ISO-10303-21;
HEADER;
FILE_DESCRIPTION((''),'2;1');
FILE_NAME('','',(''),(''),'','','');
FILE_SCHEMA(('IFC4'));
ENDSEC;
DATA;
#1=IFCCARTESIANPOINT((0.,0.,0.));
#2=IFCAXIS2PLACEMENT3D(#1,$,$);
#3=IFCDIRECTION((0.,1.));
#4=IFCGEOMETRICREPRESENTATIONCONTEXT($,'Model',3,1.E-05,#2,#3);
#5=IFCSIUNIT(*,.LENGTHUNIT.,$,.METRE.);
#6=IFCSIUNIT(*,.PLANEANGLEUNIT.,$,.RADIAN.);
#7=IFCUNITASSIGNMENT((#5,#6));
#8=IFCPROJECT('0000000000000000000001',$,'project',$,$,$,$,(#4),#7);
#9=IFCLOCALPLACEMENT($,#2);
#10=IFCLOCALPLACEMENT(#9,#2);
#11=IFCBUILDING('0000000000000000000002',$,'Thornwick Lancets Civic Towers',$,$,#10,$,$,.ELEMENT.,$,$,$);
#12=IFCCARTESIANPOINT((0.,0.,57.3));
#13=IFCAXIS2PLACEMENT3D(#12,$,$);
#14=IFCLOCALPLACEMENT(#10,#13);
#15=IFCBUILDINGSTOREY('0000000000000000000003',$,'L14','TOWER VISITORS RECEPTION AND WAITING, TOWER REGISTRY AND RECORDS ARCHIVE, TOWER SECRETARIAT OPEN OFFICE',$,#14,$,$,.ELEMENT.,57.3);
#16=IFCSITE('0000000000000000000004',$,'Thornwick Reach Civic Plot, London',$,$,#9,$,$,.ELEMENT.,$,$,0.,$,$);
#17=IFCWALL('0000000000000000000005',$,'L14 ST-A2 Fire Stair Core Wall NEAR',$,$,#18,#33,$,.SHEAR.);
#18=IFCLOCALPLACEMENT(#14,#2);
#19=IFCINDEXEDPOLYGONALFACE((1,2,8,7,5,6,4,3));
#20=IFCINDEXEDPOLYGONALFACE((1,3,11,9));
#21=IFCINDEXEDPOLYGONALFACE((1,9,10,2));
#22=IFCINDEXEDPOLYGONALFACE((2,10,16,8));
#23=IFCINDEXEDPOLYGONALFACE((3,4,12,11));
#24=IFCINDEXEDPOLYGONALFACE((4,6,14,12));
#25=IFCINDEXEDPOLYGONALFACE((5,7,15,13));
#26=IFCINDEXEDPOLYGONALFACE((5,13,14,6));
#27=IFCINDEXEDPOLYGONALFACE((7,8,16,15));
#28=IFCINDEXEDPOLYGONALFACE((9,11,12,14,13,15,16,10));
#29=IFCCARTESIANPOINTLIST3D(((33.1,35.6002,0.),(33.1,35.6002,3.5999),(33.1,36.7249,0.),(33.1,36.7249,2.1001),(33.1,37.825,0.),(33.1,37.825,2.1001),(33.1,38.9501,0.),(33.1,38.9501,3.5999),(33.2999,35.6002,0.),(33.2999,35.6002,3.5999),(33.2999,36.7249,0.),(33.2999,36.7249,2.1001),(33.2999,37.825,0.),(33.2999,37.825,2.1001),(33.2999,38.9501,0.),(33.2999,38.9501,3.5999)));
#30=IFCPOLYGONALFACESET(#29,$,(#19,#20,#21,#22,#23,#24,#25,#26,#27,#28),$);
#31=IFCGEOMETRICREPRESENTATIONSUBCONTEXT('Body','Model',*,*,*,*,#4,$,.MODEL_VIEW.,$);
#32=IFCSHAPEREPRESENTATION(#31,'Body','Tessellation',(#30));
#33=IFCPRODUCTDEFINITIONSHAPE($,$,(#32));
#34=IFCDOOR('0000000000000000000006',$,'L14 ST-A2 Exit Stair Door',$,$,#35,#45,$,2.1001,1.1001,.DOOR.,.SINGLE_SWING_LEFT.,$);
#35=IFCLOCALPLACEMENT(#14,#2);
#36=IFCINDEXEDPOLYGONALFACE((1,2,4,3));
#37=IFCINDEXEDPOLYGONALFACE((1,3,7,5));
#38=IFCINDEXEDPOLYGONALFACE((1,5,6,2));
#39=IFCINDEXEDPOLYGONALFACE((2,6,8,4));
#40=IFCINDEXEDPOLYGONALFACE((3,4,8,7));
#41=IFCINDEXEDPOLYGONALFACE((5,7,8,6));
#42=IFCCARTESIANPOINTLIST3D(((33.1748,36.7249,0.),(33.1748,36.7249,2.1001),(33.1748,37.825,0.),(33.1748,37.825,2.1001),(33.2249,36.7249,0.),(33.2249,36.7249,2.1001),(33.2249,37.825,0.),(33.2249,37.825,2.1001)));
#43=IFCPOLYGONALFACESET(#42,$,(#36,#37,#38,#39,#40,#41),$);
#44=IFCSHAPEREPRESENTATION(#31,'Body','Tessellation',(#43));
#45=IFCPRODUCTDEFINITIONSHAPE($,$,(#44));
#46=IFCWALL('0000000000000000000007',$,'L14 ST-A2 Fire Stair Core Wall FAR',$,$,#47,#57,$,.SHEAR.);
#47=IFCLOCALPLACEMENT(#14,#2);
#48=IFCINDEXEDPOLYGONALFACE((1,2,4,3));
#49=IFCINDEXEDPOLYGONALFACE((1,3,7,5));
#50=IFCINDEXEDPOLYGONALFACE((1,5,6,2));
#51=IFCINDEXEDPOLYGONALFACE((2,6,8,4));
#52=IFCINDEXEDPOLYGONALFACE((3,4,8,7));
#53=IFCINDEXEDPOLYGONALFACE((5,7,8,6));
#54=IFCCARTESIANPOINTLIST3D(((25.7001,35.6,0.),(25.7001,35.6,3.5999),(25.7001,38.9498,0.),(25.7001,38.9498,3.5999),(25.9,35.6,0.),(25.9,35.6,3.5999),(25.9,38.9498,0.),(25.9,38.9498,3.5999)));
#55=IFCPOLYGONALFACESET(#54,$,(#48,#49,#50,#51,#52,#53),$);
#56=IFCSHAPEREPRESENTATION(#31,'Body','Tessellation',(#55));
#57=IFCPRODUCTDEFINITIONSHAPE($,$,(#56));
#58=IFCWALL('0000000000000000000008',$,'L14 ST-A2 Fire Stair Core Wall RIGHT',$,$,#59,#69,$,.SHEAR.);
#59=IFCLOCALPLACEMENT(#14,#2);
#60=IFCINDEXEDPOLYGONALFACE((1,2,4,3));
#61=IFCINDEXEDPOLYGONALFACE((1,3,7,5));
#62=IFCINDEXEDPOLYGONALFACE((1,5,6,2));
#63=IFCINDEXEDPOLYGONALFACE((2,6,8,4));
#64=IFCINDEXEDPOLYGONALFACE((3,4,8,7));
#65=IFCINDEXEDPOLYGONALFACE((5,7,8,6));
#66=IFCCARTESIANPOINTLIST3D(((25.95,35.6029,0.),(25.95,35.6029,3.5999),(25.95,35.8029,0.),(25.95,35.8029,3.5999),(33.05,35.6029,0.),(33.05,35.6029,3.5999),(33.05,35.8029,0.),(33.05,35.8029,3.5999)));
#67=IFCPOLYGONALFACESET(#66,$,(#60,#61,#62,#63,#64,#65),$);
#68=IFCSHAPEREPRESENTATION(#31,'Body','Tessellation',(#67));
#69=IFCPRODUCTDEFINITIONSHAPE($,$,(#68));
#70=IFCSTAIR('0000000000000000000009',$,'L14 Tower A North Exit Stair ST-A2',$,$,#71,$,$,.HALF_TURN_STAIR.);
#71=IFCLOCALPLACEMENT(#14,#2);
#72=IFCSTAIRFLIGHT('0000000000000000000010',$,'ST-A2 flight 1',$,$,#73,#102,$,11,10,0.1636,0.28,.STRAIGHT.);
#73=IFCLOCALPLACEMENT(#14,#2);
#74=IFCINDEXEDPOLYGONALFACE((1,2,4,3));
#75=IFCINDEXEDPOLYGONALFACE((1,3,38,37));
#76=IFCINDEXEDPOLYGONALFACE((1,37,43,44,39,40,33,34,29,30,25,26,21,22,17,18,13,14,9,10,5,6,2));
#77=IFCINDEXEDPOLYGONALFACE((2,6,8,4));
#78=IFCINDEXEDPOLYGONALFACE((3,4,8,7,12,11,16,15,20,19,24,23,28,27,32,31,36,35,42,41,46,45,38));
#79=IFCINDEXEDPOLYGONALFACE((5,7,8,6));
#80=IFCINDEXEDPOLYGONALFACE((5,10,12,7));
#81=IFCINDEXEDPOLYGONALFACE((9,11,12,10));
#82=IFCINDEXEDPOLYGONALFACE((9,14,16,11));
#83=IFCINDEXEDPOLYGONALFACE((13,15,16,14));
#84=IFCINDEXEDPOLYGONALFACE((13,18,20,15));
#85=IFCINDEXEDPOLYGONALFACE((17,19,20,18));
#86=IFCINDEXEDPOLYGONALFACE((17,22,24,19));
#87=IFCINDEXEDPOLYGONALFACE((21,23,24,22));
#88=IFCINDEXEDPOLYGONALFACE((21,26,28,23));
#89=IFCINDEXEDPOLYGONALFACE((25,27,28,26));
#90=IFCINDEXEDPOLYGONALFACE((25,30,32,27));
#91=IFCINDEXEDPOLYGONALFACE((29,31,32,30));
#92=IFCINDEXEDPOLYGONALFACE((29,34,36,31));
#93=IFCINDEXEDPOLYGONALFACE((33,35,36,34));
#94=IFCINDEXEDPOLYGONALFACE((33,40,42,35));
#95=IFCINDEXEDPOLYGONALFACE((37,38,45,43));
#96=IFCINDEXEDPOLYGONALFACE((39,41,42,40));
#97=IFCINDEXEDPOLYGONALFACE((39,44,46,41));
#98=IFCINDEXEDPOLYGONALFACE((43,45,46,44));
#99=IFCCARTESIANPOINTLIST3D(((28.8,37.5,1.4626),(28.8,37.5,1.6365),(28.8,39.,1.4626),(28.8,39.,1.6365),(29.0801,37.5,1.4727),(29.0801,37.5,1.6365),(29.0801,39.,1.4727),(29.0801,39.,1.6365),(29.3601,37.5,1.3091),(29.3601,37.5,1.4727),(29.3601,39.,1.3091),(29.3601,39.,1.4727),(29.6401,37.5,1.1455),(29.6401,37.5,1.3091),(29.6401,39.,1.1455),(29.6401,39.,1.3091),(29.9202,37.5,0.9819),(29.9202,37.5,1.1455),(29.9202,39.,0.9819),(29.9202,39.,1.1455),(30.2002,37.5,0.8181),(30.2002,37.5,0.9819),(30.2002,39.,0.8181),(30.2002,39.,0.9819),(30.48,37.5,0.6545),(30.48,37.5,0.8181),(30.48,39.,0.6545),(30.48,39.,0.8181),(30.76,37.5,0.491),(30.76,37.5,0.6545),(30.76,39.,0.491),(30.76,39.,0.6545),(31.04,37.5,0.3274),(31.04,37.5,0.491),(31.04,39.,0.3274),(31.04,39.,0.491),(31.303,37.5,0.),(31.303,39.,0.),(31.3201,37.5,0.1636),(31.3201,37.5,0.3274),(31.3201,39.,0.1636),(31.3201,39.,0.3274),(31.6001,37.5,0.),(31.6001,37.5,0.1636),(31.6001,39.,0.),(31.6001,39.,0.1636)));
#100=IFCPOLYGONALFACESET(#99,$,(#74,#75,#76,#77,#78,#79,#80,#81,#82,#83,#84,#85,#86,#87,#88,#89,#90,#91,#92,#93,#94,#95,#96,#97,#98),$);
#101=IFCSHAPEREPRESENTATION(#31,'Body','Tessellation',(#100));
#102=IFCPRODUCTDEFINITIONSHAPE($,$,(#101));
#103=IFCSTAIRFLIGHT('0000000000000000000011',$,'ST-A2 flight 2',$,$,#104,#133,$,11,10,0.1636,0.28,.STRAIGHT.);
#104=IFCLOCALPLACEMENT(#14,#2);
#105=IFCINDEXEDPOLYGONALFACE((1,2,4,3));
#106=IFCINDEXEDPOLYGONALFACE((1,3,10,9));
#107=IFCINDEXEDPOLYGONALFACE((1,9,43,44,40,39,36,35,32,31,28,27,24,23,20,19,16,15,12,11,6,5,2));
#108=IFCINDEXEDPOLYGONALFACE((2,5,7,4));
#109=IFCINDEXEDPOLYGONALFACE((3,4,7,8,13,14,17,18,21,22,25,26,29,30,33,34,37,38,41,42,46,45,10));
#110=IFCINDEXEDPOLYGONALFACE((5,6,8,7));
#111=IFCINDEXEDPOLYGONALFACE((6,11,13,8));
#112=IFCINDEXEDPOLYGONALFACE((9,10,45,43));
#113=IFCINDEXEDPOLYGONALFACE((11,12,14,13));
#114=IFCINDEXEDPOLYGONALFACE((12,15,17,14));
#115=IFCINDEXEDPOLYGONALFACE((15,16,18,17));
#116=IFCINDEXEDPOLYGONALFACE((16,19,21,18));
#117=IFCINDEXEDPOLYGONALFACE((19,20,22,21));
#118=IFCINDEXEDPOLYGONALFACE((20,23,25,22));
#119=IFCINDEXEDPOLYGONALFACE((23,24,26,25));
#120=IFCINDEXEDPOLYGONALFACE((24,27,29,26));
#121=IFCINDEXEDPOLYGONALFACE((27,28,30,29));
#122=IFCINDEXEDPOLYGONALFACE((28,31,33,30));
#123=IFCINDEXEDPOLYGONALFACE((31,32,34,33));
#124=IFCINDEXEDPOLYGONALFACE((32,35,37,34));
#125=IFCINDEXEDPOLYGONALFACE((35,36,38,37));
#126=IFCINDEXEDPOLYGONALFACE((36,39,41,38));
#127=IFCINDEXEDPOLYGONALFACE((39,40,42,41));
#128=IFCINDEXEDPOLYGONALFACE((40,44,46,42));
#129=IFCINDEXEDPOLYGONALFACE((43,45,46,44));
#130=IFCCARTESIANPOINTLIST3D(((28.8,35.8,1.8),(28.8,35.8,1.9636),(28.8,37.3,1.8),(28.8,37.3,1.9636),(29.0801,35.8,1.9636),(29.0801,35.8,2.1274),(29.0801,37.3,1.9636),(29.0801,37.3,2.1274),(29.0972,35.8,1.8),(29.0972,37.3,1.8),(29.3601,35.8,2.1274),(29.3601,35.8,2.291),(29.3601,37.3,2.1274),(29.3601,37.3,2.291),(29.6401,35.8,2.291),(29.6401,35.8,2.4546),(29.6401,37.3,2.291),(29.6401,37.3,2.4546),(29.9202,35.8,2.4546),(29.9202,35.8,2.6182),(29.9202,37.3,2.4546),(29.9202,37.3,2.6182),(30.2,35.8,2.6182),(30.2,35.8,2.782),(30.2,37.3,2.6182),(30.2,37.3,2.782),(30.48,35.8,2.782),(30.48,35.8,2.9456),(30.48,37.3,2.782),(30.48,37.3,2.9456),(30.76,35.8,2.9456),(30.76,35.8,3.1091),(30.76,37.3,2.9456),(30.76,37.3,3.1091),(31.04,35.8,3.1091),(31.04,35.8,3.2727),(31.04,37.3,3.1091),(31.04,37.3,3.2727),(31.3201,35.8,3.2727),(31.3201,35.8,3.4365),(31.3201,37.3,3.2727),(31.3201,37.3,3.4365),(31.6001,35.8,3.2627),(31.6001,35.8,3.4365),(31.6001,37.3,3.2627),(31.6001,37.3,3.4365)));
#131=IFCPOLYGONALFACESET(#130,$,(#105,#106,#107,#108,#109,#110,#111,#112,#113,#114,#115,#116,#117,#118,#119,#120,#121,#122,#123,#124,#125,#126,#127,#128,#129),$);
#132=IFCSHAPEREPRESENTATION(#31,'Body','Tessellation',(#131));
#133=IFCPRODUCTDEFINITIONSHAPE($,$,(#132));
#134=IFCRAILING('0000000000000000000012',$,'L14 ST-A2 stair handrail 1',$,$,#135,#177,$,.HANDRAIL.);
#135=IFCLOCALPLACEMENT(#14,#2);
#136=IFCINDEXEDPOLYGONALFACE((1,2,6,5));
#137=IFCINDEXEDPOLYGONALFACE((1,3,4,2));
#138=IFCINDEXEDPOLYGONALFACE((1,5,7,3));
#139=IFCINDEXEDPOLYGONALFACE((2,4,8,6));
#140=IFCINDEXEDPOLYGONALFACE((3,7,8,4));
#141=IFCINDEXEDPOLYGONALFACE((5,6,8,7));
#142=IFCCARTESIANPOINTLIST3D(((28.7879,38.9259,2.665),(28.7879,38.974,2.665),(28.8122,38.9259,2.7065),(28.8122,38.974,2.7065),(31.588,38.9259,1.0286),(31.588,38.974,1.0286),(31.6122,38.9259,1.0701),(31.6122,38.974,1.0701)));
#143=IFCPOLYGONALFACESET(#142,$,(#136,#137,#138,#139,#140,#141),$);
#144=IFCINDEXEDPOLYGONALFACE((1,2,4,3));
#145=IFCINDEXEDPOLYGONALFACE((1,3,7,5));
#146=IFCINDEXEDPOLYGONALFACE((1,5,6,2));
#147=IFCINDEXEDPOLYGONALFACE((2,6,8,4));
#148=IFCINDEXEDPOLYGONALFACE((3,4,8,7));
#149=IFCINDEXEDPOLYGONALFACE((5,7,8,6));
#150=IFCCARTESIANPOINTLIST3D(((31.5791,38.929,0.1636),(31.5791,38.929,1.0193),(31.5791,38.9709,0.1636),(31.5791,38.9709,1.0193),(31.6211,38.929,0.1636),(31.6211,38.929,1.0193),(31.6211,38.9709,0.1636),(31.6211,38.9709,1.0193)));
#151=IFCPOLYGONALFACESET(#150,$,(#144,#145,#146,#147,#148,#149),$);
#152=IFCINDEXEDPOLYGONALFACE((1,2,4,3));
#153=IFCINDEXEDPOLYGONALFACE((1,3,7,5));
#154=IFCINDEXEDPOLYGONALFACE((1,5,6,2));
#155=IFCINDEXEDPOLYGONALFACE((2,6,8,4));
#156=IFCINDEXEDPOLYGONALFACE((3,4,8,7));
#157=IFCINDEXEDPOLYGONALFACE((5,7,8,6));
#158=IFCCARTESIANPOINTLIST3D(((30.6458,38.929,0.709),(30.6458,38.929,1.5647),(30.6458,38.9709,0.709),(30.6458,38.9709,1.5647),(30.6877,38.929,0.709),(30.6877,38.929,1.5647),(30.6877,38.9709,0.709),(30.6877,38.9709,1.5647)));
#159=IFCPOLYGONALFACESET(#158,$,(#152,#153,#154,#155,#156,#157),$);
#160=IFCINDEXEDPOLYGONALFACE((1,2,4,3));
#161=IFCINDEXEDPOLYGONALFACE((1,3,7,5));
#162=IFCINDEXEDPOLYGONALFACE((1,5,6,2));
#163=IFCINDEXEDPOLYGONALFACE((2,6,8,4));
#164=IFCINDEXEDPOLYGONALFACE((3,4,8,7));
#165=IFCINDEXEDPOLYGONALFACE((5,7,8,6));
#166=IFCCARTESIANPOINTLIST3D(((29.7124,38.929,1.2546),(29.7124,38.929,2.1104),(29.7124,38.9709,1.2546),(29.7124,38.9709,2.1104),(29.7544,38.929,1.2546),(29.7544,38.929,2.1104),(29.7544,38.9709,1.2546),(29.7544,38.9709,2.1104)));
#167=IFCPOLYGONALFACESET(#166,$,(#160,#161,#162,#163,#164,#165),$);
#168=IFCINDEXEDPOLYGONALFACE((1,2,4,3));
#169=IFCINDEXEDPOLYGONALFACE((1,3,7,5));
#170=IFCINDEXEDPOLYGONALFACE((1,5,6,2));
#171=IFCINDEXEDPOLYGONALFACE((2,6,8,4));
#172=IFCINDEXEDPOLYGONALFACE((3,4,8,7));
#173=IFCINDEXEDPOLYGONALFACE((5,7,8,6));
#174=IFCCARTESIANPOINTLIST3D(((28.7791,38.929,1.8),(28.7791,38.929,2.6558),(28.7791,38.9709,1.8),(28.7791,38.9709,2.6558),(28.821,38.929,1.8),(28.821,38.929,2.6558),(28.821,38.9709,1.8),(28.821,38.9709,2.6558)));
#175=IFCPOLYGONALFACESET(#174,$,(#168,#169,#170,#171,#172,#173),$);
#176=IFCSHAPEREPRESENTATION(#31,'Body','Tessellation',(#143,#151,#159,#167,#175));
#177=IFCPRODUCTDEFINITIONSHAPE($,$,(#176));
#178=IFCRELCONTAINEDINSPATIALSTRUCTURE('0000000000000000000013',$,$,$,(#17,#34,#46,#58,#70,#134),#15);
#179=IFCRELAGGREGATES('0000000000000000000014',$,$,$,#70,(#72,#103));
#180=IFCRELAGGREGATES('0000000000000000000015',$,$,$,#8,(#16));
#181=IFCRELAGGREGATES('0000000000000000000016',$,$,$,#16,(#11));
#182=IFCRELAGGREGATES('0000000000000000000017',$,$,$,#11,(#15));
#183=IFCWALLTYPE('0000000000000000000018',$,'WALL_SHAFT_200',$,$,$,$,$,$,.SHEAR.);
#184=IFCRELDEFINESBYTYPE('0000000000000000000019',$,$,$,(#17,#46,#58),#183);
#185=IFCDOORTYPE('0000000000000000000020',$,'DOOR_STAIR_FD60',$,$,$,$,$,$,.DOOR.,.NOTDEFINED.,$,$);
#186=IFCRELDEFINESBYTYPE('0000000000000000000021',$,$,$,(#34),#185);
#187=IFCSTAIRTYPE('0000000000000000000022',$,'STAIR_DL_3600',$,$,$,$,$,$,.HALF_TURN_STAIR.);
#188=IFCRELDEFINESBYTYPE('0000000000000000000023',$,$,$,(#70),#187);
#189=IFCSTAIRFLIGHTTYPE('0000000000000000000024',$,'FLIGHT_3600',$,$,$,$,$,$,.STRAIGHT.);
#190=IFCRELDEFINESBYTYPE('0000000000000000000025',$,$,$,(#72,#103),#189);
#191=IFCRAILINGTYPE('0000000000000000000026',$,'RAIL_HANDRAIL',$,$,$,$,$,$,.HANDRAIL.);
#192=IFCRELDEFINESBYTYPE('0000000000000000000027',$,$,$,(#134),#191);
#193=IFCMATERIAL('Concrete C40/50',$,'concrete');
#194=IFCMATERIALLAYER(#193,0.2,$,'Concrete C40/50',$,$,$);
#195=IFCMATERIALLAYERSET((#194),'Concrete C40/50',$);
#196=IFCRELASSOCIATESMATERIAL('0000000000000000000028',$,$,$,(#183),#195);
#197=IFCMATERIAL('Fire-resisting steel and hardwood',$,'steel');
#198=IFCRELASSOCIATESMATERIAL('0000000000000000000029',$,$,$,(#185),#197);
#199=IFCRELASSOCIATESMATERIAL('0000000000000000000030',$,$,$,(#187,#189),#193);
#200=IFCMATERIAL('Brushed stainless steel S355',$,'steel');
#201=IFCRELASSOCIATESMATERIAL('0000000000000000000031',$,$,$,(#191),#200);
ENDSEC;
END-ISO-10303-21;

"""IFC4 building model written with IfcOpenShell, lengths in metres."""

from ifc_helpers import new_model, si_unit, direction, frame, frame_2d, origin, origin_2d, place, context, subcontext, project, spatial, polyline, rectangle, outline, extrude, material, layer, layer_set, type_object, element, fill, aggregate, save


model = new_model("IFC4")

# Units and contexts
model_context = context("Model", 3, precision=1e-05, world=origin(), true_north=direction((0.0, 1.0)))
body_context = subcontext(model_context, "Body", "Model", "MODEL_VIEW")
ifc_project = project(units=[si_unit("LENGTHUNIT", "METRE"), si_unit("PLANEANGLEUNIT", "RADIAN")], contexts=[model_context])

# Site, building, storey
site_placement = place(None, origin())
site = spatial("IfcSite", under=ifc_project, at=site_placement, Name="Thornwick Reach Civic Plot, London", CompositionType="ELEMENT", RefElevation=0.0)
building_placement = place(site_placement, origin())
building = spatial("IfcBuilding", under=site, at=building_placement, Name="Thornwick Lancets Civic Towers", CompositionType="ELEMENT")
storey_placement = place(building_placement, frame((0.0, 0.0, 57.3)))
storey = spatial("IfcBuildingStorey", under=building, at=storey_placement, Name="L14", Description="TOWER VISITORS RECEPTION AND WAITING, TOWER REGISTRY AND RECORDS ARCHIVE, TOWER SECRETARIAT OPEN OFFICE", CompositionType="ELEMENT", Elevation=57.3)

# Shared definitions
ifc_material_1 = material(Name="Concrete C40/50", Category="concrete")

# Wall, opening, door
ifc_layer_1 = layer(ifc_material_1, 0.2, Name="Concrete C40/50")
ifc_layer_set_1 = layer_set([ifc_layer_1], Name="Concrete C40/50")
wall_type_1 = type_object("IfcWallType", Name="WALL_SHAFT_200", PredefinedType="SHEAR", material=ifc_layer_set_1)
wall_1_placement = place(storey_placement, frame((33.2, 38.95, 0.0), z_axis=(0.0, 0.0, 1.0), x_axis=(0.0, -1.0, 0.0)))
wall_1 = element("IfcWall", 1, at=wall_1_placement, inside=storey, type_object=wall_type_1, Name="L14 ST-A2 Fire Stair Core Wall NEAR", PredefinedType="SHEAR", context=body_context, shape_type="SweptSolid", body=[
    extrude(rectangle(XDim=3.3499, YDim=0.2, at=frame_2d((1.6748, 0.0))), origin(), (0.0, 0.0, 1.0), 3.5999),
])
opening_1_placement = place(wall_1_placement, frame((1.125, 0.0, 0.0)))
opening_1 = element("IfcOpeningElement", 2, at=opening_1_placement, cuts=wall_1, PredefinedType="OPENING", context=body_context, shape_type="SweptSolid", body=[
    extrude(rectangle(XDim=1.1001, YDim=2.1001, at=frame_2d((0.55, 1.05))), frame((0.0, 0.1099, 0.0), z_axis=(0.0, -1.0, 0.0), x_axis=(1.0, 0.0, 0.0)), (0.0, 0.0, 1.0), 0.22),
])
ifc_material_2 = material(Name="Fire-resisting steel and hardwood", Category="steel")
door_type_1 = type_object("IfcDoorType", Name="DOOR_STAIR_FD60", OperationType="NOTDEFINED", PredefinedType="DOOR", material=ifc_material_2)
door_1_placement = place(opening_1_placement, origin())
door_1 = element("IfcDoor", 3, at=door_1_placement, inside=storey, type_object=door_type_1, Name="L14 ST-A2 Exit Stair Door", OperationType="SINGLE_SWING_LEFT", OverallHeight=2.1001, OverallWidth=1.1001, PredefinedType="DOOR", context=body_context, shape_type="SweptSolid", body=[
    extrude(rectangle(XDim=1.1001, YDim=2.1001, at=frame_2d((0.55, 1.05))), frame((0.0, 0.0249, 0.0), z_axis=(0.0, -1.0, 0.0), x_axis=(1.0, 0.0, 0.0)), (0.0, 0.0, 1.0), 0.05),
])
fill(opening_1, door_1)

# Walls
wall_2_placement = place(storey_placement, frame((25.8, 35.6001, 0.0), z_axis=(0.0, 0.0, 1.0), x_axis=(0.0, 1.0, 0.0)))
element("IfcWall", 4, at=wall_2_placement, inside=storey, type_object=wall_type_1, Name="L14 ST-A2 Fire Stair Core Wall FAR", PredefinedType="SHEAR", context=body_context, shape_type="SweptSolid", body=[
    extrude(rectangle(XDim=3.3499, YDim=0.2, at=frame_2d((1.6748, 0.0))), origin(), (0.0, 0.0, 1.0), 3.5999),
])
wall_3_placement = place(storey_placement, frame((25.95, 35.7029, 0.0), z_axis=(0.0, 0.0, 1.0), x_axis=(1.0, 0.0, 0.0)))
element("IfcWall", 5, at=wall_3_placement, inside=storey, type_object=wall_type_1, Name="L14 ST-A2 Fire Stair Core Wall RIGHT", PredefinedType="SHEAR", context=body_context, shape_type="SweptSolid", body=[
    extrude(rectangle(XDim=7.1001, YDim=0.2, at=frame_2d((3.55, 0.0))), origin(), (0.0, 0.0, 1.0), 3.5999),
])

# Stair, stair flights
stair_type = type_object("IfcStairType", Name="STAIR_DL_3600", PredefinedType="HALF_TURN_STAIR", material=ifc_material_1)
stair_placement = place(storey_placement, origin())
stair = element("IfcStair", 6, at=stair_placement, inside=storey, type_object=stair_type, Name="L14 Tower A North Exit Stair ST-A2", PredefinedType="HALF_TURN_STAIR")
stair_flight_type = type_object("IfcStairFlightType", Name="FLIGHT_3600", PredefinedType="STRAIGHT", material=ifc_material_1)
stair_flight_1_placement = place(storey_placement, frame((31.6001, 38.25, 0.0), z_axis=(0.0, 0.0, 1.0), x_axis=(-1.0, 0.0, 0.0)))
stair_flight_1 = element("IfcStairFlight", 7, at=stair_flight_1_placement, type_object=stair_flight_type, Name="ST-A2 flight 1", NumberOfRisers=11, NumberOfTreads=10, PredefinedType="STRAIGHT", RiserHeight=0.1636, TreadLength=0.28, context=body_context, shape_type="SweptSolid", body=[
    extrude(outline(polyline([(0.0, 0.0), (0.0, 0.1636), (0.28, 0.1636), (0.28, 0.3274), (0.5601, 0.3274), (0.5601, 0.491), (0.8401, 0.491), (0.8401, 0.6545), (1.1201, 0.6545), (1.1201, 0.8181), (1.3999, 0.8181), (1.3999, 0.9819), (1.6799, 0.9819), (1.6799, 1.1455), (1.96, 1.1455), (1.96, 1.3091), (2.24, 1.3091), (2.24, 1.4727), (2.52, 1.4727), (2.52, 1.6365), (2.8, 1.6365), (2.8, 1.8), (2.8, 1.4626), (0.2971, 0.0), (0.0, 0.0)])), frame((0.0, 0.75, 0.0), z_axis=(0.0, -1.0, 0.0), x_axis=(1.0, 0.0, 0.0)), (0.0, 0.0, 1.0), 1.5),
])
stair_flight_2_placement = place(storey_placement, frame((28.8, 36.55, 1.8), z_axis=(0.0, 0.0, 1.0), x_axis=(1.0, 0.0, 0.0)))
stair_flight_2 = element("IfcStairFlight", 8, at=stair_flight_2_placement, type_object=stair_flight_type, Name="ST-A2 flight 2", NumberOfRisers=11, NumberOfTreads=10, PredefinedType="STRAIGHT", RiserHeight=0.1636, TreadLength=0.28, context=body_context, shape_type="SweptSolid", body=[
    extrude(outline(polyline([(0.0, 0.0), (0.0, 0.1636), (0.28, 0.1636), (0.28, 0.3274), (0.5601, 0.3274), (0.5601, 0.491), (0.8401, 0.491), (0.8401, 0.6545), (1.1201, 0.6545), (1.1201, 0.8181), (1.3999, 0.8181), (1.3999, 0.9819), (1.6799, 0.9819), (1.6799, 1.1455), (1.96, 1.1455), (1.96, 1.3091), (2.24, 1.3091), (2.24, 1.4727), (2.52, 1.4727), (2.52, 1.6365), (2.8, 1.6365), (2.8, 1.8), (2.8, 1.4626), (0.2971, 0.0), (0.0, 0.0)])), frame((0.0, 0.75, 0.0), z_axis=(0.0, -1.0, 0.0), x_axis=(1.0, 0.0, 0.0)), (0.0, 0.0, 1.0), 1.5),
])
aggregate(stair, [stair_flight_1, stair_flight_2])

# Railing
ifc_material_3 = material(Name="Brushed stainless steel S355", Category="steel")
railing_type_1 = type_object("IfcRailingType", Name="RAIL_HANDRAIL", PredefinedType="HANDRAIL", material=ifc_material_3)
railing_1_placement = place(storey_placement, frame((31.6001, 38.95, 0.1636)))
element("IfcRailing", 9, at=railing_1_placement, inside=storey, type_object=railing_type_1, Name="L14 ST-A2 stair handrail 1", PredefinedType="HANDRAIL", context=body_context, shape_type="SweptSolid", body=[
    extrude(rectangle(XDim=0.0481, YDim=0.0481, at=origin_2d()), frame((0.0, 0.0, 0.8857), z_axis=(-0.863361, 0.0, 0.504587), x_axis=(0.0, -1.0, 0.0)), (0.0, 0.0, 1.0), 3.2432),
    extrude(rectangle(XDim=0.042, YDim=0.042, at=origin_2d()), origin(), (0.0, 0.0, 1.0), 0.8557),
    extrude(rectangle(XDim=0.042, YDim=0.042, at=origin_2d()), frame((-0.9333, 0.0, 0.5454)), (0.0, 0.0, 1.0), 0.8557),
    extrude(rectangle(XDim=0.042, YDim=0.042, at=origin_2d()), frame((-1.8667, 0.0, 1.0911)), (0.0, 0.0, 1.0), 0.8557),
    extrude(rectangle(XDim=0.042, YDim=0.042, at=origin_2d()), frame((-2.8, 0.0, 1.6365)), (0.0, 0.0, 1.0), 0.8557),
])

save(model, "model.ifc")
